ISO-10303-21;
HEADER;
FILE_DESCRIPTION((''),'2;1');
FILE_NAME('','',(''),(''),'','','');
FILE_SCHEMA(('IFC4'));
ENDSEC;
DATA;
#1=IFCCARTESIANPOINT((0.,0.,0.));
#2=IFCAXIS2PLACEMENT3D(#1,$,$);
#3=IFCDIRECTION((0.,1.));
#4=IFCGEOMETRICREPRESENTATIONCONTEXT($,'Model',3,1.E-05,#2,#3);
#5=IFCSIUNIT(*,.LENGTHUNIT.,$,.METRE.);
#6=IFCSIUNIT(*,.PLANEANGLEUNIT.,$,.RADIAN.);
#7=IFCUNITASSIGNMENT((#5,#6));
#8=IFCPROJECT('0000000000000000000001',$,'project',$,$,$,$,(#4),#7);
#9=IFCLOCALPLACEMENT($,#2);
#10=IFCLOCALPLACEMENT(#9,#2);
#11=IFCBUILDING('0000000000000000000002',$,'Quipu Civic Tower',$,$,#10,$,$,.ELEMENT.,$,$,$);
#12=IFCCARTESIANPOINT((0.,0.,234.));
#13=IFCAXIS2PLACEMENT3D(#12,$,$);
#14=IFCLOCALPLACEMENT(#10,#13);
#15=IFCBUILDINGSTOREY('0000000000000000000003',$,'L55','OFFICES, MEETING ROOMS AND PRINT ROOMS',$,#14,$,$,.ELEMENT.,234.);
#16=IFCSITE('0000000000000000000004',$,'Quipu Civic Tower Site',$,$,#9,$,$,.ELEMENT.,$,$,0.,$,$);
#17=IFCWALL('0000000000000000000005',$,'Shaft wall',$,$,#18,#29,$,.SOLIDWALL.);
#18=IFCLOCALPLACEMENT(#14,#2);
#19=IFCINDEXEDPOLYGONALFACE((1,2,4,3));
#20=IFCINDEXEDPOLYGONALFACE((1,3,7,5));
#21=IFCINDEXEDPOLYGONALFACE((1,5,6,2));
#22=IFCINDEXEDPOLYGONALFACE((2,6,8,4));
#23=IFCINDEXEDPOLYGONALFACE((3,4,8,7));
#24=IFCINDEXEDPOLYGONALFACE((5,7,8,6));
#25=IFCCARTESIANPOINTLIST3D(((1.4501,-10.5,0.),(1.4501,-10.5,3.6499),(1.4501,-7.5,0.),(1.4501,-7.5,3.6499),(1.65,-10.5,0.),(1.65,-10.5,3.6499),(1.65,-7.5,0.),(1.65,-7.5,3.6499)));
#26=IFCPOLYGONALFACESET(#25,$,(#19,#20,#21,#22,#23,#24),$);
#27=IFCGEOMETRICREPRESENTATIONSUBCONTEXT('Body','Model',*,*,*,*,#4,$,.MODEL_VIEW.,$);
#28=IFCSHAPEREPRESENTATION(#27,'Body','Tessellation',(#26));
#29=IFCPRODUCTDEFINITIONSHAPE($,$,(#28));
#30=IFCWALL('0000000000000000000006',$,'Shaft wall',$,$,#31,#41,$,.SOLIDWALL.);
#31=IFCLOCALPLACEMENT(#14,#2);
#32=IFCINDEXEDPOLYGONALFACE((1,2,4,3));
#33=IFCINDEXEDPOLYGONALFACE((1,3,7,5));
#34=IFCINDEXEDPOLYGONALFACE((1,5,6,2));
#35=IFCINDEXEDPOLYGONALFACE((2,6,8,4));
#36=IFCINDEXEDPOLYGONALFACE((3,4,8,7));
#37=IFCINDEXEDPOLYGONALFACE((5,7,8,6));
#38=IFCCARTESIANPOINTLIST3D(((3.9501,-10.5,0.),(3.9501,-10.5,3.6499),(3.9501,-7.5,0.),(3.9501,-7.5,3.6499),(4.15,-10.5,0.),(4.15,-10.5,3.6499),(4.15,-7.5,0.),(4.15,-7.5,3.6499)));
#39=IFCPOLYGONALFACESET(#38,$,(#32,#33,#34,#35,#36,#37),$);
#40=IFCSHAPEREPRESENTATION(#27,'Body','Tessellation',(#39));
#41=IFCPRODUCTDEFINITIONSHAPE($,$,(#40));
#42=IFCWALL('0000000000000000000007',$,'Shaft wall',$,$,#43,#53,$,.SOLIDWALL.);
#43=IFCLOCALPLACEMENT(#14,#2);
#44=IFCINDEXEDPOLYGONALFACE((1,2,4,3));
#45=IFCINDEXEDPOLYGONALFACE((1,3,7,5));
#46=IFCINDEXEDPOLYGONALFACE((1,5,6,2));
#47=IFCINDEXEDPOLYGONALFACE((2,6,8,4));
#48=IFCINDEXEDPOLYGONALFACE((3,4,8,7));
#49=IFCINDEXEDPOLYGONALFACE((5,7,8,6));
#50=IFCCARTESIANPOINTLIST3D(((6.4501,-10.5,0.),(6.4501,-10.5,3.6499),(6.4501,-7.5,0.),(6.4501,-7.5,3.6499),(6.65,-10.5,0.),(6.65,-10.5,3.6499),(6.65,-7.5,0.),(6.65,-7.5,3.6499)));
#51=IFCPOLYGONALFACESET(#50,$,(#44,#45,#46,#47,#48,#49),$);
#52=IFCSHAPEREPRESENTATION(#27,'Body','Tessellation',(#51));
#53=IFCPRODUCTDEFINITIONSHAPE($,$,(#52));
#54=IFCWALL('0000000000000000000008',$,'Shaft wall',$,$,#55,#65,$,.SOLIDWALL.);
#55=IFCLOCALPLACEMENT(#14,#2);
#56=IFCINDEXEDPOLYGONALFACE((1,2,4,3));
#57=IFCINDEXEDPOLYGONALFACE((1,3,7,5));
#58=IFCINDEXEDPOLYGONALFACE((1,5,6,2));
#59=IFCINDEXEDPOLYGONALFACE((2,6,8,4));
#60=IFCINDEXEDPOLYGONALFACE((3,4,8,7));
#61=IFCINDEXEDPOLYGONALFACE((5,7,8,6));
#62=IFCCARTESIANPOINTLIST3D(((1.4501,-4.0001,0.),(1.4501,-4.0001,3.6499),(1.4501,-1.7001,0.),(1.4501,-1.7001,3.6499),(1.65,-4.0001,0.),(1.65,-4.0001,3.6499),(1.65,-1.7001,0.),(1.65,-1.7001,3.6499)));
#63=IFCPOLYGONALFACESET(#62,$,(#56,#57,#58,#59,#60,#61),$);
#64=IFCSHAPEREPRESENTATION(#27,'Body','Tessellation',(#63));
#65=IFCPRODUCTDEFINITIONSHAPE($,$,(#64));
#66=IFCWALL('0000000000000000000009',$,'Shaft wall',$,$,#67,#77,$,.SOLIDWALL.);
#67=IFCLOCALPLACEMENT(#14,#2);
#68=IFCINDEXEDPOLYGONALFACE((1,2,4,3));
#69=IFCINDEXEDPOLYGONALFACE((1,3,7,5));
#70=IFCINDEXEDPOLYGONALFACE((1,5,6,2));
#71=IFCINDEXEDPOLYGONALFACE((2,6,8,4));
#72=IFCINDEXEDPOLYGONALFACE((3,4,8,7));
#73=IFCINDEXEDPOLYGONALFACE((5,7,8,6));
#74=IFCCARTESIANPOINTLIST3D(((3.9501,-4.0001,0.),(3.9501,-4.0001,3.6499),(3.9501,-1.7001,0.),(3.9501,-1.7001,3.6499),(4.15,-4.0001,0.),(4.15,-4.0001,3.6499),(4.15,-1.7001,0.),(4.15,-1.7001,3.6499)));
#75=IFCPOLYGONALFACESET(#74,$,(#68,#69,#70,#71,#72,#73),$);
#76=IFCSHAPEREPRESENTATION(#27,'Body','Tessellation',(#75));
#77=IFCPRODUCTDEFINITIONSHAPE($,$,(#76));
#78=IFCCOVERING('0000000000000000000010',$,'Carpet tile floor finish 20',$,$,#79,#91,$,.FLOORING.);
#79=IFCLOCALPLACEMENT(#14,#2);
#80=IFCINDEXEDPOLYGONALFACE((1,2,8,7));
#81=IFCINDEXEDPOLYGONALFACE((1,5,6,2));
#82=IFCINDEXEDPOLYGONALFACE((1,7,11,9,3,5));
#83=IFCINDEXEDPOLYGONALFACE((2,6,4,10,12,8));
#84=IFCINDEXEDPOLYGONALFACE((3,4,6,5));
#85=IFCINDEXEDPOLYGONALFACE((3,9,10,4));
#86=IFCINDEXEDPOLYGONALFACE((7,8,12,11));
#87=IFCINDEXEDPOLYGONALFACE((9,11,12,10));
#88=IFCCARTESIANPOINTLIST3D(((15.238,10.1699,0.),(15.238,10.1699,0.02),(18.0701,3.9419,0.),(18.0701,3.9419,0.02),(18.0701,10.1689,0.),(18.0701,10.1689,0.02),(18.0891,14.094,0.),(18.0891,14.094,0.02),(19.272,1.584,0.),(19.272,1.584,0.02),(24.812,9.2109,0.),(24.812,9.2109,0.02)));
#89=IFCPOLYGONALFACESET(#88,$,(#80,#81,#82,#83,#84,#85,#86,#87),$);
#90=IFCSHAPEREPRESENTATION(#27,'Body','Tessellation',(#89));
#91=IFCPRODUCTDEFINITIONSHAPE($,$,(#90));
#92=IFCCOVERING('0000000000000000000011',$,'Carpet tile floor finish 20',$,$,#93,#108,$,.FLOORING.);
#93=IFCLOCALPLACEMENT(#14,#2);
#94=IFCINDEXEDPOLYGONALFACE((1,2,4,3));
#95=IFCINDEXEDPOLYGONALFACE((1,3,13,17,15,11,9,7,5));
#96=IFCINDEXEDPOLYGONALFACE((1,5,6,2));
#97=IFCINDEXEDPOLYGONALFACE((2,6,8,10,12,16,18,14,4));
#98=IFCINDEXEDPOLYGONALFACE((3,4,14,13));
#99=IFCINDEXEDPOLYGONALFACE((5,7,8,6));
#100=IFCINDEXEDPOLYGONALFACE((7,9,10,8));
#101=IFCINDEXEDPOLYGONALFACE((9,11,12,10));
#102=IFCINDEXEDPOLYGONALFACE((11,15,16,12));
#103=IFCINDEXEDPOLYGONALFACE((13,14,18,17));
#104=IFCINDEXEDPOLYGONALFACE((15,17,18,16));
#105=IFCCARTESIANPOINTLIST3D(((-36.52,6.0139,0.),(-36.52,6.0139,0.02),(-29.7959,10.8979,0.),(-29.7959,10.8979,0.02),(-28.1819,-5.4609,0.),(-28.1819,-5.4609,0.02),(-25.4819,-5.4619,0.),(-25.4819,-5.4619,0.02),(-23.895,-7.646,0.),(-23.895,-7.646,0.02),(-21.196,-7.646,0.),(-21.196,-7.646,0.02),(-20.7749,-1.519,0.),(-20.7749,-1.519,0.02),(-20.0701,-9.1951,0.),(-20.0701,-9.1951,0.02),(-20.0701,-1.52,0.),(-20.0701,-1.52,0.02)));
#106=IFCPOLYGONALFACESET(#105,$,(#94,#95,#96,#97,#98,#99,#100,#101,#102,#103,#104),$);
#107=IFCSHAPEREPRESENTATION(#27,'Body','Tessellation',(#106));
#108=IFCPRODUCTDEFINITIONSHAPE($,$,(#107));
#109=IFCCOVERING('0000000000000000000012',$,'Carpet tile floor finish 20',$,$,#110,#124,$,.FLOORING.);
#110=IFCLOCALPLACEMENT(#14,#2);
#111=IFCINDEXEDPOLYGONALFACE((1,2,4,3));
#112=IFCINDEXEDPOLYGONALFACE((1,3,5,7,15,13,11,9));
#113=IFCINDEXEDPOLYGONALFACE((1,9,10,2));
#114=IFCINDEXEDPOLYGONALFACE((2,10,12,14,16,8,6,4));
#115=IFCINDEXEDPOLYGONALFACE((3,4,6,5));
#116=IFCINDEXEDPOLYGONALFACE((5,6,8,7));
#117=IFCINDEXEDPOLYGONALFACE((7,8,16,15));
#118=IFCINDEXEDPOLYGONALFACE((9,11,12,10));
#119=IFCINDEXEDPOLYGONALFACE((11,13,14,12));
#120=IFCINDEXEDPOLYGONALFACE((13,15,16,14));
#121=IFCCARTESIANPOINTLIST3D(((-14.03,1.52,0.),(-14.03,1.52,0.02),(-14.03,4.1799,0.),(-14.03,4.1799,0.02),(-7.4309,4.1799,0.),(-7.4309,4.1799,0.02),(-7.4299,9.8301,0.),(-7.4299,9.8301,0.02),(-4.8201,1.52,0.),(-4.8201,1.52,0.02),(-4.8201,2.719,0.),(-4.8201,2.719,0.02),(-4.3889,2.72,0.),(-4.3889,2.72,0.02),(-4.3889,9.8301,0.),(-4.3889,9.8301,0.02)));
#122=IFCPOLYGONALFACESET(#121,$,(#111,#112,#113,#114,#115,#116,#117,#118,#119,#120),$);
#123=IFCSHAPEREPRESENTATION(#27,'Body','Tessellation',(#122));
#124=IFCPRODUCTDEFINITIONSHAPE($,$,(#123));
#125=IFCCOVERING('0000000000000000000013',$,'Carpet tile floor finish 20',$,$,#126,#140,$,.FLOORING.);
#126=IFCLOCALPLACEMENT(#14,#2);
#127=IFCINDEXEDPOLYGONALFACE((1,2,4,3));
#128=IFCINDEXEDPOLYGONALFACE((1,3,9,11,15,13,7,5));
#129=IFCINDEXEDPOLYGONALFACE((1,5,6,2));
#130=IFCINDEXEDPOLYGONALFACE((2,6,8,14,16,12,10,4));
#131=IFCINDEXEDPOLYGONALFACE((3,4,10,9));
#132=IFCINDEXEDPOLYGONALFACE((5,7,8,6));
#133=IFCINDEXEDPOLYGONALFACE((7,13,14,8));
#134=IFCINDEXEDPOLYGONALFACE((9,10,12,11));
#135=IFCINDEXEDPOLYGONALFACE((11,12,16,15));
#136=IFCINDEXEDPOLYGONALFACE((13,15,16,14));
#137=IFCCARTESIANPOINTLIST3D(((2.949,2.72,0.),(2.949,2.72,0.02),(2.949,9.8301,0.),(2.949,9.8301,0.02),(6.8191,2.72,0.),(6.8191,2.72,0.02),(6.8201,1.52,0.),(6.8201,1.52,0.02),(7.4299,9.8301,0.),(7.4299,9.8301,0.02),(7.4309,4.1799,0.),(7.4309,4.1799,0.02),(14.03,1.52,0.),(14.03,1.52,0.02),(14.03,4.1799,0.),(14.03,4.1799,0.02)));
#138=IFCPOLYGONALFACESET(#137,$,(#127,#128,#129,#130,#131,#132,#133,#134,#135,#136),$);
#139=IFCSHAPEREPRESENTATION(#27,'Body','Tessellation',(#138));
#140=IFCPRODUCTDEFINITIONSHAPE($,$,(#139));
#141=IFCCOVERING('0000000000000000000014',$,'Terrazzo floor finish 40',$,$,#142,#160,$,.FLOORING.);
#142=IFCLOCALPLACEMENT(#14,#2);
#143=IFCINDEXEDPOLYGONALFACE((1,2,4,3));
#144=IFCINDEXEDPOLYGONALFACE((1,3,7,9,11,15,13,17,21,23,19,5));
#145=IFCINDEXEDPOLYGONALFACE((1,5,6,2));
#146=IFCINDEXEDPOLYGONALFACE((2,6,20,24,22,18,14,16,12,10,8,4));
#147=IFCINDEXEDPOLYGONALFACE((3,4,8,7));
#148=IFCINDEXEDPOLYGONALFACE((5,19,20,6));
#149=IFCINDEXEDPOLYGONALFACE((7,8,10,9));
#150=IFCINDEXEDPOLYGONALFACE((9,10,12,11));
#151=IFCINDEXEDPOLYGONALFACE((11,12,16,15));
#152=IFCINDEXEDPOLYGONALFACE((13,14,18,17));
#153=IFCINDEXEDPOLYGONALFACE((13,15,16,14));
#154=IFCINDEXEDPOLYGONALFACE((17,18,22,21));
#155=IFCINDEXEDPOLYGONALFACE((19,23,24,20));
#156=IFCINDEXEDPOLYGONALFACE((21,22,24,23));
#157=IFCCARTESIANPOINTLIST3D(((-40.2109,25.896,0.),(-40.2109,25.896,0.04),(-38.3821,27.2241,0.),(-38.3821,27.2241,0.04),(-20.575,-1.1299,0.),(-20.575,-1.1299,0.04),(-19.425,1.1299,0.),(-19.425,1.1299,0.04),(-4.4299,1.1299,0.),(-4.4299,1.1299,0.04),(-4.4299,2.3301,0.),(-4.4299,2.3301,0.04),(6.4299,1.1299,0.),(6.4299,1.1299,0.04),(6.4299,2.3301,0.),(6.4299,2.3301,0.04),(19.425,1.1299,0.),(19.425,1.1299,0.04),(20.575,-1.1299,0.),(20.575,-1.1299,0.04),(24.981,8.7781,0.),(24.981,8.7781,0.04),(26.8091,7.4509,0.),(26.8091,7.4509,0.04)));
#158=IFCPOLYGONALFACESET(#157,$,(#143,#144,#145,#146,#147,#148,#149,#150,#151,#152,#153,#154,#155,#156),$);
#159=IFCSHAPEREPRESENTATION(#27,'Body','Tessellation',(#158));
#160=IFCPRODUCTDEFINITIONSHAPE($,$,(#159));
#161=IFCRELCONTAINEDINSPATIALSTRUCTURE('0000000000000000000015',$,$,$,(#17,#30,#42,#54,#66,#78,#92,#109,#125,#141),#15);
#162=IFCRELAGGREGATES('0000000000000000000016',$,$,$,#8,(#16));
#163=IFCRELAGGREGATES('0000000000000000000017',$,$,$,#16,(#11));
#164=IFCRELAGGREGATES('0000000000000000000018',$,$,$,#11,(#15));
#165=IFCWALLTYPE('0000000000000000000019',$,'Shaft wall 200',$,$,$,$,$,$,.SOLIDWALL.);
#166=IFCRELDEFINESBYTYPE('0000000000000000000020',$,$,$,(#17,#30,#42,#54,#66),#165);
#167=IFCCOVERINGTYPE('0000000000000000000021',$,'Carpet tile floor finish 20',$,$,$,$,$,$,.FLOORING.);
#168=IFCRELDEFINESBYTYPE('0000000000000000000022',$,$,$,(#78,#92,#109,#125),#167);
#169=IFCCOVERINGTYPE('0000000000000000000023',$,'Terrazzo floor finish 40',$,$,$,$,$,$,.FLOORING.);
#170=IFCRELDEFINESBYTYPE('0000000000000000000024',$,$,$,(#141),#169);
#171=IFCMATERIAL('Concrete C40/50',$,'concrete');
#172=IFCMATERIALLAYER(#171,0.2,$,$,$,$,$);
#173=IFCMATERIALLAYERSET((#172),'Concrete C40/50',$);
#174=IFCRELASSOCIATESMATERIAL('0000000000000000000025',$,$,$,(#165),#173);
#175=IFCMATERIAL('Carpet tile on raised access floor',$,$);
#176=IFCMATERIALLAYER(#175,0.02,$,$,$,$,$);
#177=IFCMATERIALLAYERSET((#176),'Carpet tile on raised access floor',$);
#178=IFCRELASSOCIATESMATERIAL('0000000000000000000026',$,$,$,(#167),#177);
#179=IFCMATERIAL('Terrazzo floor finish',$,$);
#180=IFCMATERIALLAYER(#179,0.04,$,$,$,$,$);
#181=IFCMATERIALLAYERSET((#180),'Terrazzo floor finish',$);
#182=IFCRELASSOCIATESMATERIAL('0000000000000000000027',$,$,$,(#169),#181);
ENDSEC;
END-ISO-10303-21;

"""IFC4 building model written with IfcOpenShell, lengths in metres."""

from ifc_helpers import new_model, si_unit, direction, frame, frame_2d, origin, place, context, subcontext, project, spatial, polyline, rectangle, outline, extrude, material, layer, layer_set, type_object, element, save


model = new_model("IFC4")

# Units and contexts
model_context = context("Model", 3, precision=1e-05, world=origin(), true_north=direction((0.0, 1.0)))
body_context = subcontext(model_context, "Body", "Model", "MODEL_VIEW")
ifc_project = project(units=[si_unit("LENGTHUNIT", "METRE"), si_unit("PLANEANGLEUNIT", "RADIAN")], contexts=[model_context])

# Site, building, storey
site_placement = place(None, origin())
site = spatial("IfcSite", under=ifc_project, at=site_placement, Name="Quipu Civic Tower Site", CompositionType="ELEMENT", RefElevation=0.0)
building_placement = place(site_placement, origin())
building = spatial("IfcBuilding", under=site, at=building_placement, Name="Quipu Civic Tower", CompositionType="ELEMENT")
storey_placement = place(building_placement, frame((0.0, 0.0, 234.0)))
storey = spatial("IfcBuildingStorey", under=building, at=storey_placement, Name="L55", Description="OFFICES, MEETING ROOMS AND PRINT ROOMS", CompositionType="ELEMENT", Elevation=234.0)

# Walls
ifc_material_1 = material(Name="Concrete C40/50", Category="concrete")
ifc_layer_1 = layer(ifc_material_1, 0.2)
ifc_layer_set_1 = layer_set([ifc_layer_1], Name="Concrete C40/50")
wall_type_1 = type_object("IfcWallType", Name="Shaft wall 200", PredefinedType="SOLIDWALL", material=ifc_layer_set_1)
for number, where, z_axis, x_axis, name in (
    (1, (1.55, -10.5, 0.0), (0.0, 0.0, 1.0), (0.0, 1.0, 0.0), "Shaft wall"),
    (2, (4.05, -10.5, 0.0), (0.0, 0.0, 1.0), (0.0, 1.0, 0.0), "Shaft wall"),
    (3, (6.55, -10.5, 0.0), (0.0, 0.0, 1.0), (0.0, 1.0, 0.0), "Shaft wall"),
):
    element("IfcWall", number, at=place(storey_placement, frame(where, z_axis=z_axis, x_axis=x_axis)), inside=storey, type_object=wall_type_1, Name=name, PredefinedType="SOLIDWALL", context=body_context, shape_type="SweptSolid", body=[
        extrude(rectangle(XDim=3.0, YDim=0.2, at=frame_2d((1.5, 0.0))), origin(), (0.0, 0.0, 1.0), 3.6499),
    ])
for number, where, z_axis, x_axis, name in (
    (4, (1.55, -4.0, 0.0), (0.0, 0.0, 1.0), (0.0, 1.0, 0.0), "Shaft wall"),
    (5, (4.05, -4.0, 0.0), (0.0, 0.0, 1.0), (0.0, 1.0, 0.0), "Shaft wall"),
):
    element("IfcWall", number, at=place(storey_placement, frame(where, z_axis=z_axis, x_axis=x_axis)), inside=storey, type_object=wall_type_1, Name=name, PredefinedType="SOLIDWALL", context=body_context, shape_type="SweptSolid", body=[
        extrude(rectangle(XDim=2.3, YDim=0.2, at=frame_2d((1.1499, 0.0))), origin(), (0.0, 0.0, 1.0), 3.6499),
    ])

# Coverings
ifc_material_2 = material(Name="Carpet tile on raised access floor")
ifc_layer_2 = layer(ifc_material_2, 0.02)
ifc_layer_set_2 = layer_set([ifc_layer_2], Name="Carpet tile on raised access floor")
covering_type_1 = type_object("IfcCoveringType", Name="Carpet tile floor finish 20", PredefinedType="FLOORING", material=ifc_layer_set_2)
covering_1_placement = place(storey_placement, origin())
element("IfcCovering", 6, at=covering_1_placement, inside=storey, type_object=covering_type_1, Name="Carpet tile floor finish 20", PredefinedType="FLOORING", context=body_context, shape_type="SweptSolid", body=[
    extrude(outline(polyline([(15.238, 10.1699), (18.0891, 14.094), (24.812, 9.2109), (19.272, 1.584), (18.0701, 3.9419), (18.0701, 10.1689), (15.238, 10.1699)])), origin(), (0.0, 0.0, 1.0), 0.02),
])
covering_2_placement = place(storey_placement, origin())
element("IfcCovering", 7, at=covering_2_placement, inside=storey, type_object=covering_type_1, Name="Carpet tile floor finish 20", PredefinedType="FLOORING", context=body_context, shape_type="SweptSolid", body=[
    extrude(outline(polyline([(-36.52, 6.0139), (-29.7959, 10.8979), (-20.7749, -1.519), (-20.0701, -1.52), (-20.0701, -9.1951), (-21.196, -7.646), (-23.895, -7.646), (-25.4819, -5.4619), (-28.1819, -5.4609), (-36.52, 6.0139)])), origin(), (0.0, 0.0, 1.0), 0.02),
])
covering_3_placement = place(storey_placement, origin())
element("IfcCovering", 8, at=covering_3_placement, inside=storey, type_object=covering_type_1, Name="Carpet tile floor finish 20", PredefinedType="FLOORING", context=body_context, shape_type="SweptSolid", body=[
    extrude(outline(polyline([(-14.03, 1.52), (-14.03, 4.1799), (-7.4309, 4.1799), (-7.4299, 9.8301), (-4.3889, 9.8301), (-4.3889, 2.72), (-4.8201, 2.719), (-4.8201, 1.52), (-14.03, 1.52)])), origin(), (0.0, 0.0, 1.0), 0.02),
])
covering_4_placement = place(storey_placement, origin())
element("IfcCovering", 9, at=covering_4_placement, inside=storey, type_object=covering_type_1, Name="Carpet tile floor finish 20", PredefinedType="FLOORING", context=body_context, shape_type="SweptSolid", body=[
    extrude(outline(polyline([(2.949, 2.72), (2.949, 9.8301), (7.4299, 9.8301), (7.4309, 4.1799), (14.03, 4.1799), (14.03, 1.52), (6.8201, 1.52), (6.8191, 2.72), (2.949, 2.72)])), origin(), (0.0, 0.0, 1.0), 0.02),
])
ifc_material_3 = material(Name="Terrazzo floor finish")
ifc_layer_3 = layer(ifc_material_3, 0.04)
ifc_layer_set_3 = layer_set([ifc_layer_3], Name="Terrazzo floor finish")
covering_type_2 = type_object("IfcCoveringType", Name="Terrazzo floor finish 40", PredefinedType="FLOORING", material=ifc_layer_set_3)
covering_5_placement = place(storey_placement, origin())
element("IfcCovering", 10, at=covering_5_placement, inside=storey, type_object=covering_type_2, Name="Terrazzo floor finish 40", PredefinedType="FLOORING", context=body_context, shape_type="SweptSolid", body=[
    extrude(outline(polyline([(6.4299, 1.1299), (19.425, 1.1299), (24.981, 8.7781), (26.8091, 7.4509), (20.575, -1.1299), (-20.575, -1.1299), (-40.2109, 25.896), (-38.3821, 27.2241), (-19.425, 1.1299), (-4.4299, 1.1299), (-4.4299, 2.3301), (6.4299, 2.3301), (6.4299, 1.1299)])), origin(), (0.0, 0.0, 1.0), 0.04),
])

save(model, "model.ifc")
